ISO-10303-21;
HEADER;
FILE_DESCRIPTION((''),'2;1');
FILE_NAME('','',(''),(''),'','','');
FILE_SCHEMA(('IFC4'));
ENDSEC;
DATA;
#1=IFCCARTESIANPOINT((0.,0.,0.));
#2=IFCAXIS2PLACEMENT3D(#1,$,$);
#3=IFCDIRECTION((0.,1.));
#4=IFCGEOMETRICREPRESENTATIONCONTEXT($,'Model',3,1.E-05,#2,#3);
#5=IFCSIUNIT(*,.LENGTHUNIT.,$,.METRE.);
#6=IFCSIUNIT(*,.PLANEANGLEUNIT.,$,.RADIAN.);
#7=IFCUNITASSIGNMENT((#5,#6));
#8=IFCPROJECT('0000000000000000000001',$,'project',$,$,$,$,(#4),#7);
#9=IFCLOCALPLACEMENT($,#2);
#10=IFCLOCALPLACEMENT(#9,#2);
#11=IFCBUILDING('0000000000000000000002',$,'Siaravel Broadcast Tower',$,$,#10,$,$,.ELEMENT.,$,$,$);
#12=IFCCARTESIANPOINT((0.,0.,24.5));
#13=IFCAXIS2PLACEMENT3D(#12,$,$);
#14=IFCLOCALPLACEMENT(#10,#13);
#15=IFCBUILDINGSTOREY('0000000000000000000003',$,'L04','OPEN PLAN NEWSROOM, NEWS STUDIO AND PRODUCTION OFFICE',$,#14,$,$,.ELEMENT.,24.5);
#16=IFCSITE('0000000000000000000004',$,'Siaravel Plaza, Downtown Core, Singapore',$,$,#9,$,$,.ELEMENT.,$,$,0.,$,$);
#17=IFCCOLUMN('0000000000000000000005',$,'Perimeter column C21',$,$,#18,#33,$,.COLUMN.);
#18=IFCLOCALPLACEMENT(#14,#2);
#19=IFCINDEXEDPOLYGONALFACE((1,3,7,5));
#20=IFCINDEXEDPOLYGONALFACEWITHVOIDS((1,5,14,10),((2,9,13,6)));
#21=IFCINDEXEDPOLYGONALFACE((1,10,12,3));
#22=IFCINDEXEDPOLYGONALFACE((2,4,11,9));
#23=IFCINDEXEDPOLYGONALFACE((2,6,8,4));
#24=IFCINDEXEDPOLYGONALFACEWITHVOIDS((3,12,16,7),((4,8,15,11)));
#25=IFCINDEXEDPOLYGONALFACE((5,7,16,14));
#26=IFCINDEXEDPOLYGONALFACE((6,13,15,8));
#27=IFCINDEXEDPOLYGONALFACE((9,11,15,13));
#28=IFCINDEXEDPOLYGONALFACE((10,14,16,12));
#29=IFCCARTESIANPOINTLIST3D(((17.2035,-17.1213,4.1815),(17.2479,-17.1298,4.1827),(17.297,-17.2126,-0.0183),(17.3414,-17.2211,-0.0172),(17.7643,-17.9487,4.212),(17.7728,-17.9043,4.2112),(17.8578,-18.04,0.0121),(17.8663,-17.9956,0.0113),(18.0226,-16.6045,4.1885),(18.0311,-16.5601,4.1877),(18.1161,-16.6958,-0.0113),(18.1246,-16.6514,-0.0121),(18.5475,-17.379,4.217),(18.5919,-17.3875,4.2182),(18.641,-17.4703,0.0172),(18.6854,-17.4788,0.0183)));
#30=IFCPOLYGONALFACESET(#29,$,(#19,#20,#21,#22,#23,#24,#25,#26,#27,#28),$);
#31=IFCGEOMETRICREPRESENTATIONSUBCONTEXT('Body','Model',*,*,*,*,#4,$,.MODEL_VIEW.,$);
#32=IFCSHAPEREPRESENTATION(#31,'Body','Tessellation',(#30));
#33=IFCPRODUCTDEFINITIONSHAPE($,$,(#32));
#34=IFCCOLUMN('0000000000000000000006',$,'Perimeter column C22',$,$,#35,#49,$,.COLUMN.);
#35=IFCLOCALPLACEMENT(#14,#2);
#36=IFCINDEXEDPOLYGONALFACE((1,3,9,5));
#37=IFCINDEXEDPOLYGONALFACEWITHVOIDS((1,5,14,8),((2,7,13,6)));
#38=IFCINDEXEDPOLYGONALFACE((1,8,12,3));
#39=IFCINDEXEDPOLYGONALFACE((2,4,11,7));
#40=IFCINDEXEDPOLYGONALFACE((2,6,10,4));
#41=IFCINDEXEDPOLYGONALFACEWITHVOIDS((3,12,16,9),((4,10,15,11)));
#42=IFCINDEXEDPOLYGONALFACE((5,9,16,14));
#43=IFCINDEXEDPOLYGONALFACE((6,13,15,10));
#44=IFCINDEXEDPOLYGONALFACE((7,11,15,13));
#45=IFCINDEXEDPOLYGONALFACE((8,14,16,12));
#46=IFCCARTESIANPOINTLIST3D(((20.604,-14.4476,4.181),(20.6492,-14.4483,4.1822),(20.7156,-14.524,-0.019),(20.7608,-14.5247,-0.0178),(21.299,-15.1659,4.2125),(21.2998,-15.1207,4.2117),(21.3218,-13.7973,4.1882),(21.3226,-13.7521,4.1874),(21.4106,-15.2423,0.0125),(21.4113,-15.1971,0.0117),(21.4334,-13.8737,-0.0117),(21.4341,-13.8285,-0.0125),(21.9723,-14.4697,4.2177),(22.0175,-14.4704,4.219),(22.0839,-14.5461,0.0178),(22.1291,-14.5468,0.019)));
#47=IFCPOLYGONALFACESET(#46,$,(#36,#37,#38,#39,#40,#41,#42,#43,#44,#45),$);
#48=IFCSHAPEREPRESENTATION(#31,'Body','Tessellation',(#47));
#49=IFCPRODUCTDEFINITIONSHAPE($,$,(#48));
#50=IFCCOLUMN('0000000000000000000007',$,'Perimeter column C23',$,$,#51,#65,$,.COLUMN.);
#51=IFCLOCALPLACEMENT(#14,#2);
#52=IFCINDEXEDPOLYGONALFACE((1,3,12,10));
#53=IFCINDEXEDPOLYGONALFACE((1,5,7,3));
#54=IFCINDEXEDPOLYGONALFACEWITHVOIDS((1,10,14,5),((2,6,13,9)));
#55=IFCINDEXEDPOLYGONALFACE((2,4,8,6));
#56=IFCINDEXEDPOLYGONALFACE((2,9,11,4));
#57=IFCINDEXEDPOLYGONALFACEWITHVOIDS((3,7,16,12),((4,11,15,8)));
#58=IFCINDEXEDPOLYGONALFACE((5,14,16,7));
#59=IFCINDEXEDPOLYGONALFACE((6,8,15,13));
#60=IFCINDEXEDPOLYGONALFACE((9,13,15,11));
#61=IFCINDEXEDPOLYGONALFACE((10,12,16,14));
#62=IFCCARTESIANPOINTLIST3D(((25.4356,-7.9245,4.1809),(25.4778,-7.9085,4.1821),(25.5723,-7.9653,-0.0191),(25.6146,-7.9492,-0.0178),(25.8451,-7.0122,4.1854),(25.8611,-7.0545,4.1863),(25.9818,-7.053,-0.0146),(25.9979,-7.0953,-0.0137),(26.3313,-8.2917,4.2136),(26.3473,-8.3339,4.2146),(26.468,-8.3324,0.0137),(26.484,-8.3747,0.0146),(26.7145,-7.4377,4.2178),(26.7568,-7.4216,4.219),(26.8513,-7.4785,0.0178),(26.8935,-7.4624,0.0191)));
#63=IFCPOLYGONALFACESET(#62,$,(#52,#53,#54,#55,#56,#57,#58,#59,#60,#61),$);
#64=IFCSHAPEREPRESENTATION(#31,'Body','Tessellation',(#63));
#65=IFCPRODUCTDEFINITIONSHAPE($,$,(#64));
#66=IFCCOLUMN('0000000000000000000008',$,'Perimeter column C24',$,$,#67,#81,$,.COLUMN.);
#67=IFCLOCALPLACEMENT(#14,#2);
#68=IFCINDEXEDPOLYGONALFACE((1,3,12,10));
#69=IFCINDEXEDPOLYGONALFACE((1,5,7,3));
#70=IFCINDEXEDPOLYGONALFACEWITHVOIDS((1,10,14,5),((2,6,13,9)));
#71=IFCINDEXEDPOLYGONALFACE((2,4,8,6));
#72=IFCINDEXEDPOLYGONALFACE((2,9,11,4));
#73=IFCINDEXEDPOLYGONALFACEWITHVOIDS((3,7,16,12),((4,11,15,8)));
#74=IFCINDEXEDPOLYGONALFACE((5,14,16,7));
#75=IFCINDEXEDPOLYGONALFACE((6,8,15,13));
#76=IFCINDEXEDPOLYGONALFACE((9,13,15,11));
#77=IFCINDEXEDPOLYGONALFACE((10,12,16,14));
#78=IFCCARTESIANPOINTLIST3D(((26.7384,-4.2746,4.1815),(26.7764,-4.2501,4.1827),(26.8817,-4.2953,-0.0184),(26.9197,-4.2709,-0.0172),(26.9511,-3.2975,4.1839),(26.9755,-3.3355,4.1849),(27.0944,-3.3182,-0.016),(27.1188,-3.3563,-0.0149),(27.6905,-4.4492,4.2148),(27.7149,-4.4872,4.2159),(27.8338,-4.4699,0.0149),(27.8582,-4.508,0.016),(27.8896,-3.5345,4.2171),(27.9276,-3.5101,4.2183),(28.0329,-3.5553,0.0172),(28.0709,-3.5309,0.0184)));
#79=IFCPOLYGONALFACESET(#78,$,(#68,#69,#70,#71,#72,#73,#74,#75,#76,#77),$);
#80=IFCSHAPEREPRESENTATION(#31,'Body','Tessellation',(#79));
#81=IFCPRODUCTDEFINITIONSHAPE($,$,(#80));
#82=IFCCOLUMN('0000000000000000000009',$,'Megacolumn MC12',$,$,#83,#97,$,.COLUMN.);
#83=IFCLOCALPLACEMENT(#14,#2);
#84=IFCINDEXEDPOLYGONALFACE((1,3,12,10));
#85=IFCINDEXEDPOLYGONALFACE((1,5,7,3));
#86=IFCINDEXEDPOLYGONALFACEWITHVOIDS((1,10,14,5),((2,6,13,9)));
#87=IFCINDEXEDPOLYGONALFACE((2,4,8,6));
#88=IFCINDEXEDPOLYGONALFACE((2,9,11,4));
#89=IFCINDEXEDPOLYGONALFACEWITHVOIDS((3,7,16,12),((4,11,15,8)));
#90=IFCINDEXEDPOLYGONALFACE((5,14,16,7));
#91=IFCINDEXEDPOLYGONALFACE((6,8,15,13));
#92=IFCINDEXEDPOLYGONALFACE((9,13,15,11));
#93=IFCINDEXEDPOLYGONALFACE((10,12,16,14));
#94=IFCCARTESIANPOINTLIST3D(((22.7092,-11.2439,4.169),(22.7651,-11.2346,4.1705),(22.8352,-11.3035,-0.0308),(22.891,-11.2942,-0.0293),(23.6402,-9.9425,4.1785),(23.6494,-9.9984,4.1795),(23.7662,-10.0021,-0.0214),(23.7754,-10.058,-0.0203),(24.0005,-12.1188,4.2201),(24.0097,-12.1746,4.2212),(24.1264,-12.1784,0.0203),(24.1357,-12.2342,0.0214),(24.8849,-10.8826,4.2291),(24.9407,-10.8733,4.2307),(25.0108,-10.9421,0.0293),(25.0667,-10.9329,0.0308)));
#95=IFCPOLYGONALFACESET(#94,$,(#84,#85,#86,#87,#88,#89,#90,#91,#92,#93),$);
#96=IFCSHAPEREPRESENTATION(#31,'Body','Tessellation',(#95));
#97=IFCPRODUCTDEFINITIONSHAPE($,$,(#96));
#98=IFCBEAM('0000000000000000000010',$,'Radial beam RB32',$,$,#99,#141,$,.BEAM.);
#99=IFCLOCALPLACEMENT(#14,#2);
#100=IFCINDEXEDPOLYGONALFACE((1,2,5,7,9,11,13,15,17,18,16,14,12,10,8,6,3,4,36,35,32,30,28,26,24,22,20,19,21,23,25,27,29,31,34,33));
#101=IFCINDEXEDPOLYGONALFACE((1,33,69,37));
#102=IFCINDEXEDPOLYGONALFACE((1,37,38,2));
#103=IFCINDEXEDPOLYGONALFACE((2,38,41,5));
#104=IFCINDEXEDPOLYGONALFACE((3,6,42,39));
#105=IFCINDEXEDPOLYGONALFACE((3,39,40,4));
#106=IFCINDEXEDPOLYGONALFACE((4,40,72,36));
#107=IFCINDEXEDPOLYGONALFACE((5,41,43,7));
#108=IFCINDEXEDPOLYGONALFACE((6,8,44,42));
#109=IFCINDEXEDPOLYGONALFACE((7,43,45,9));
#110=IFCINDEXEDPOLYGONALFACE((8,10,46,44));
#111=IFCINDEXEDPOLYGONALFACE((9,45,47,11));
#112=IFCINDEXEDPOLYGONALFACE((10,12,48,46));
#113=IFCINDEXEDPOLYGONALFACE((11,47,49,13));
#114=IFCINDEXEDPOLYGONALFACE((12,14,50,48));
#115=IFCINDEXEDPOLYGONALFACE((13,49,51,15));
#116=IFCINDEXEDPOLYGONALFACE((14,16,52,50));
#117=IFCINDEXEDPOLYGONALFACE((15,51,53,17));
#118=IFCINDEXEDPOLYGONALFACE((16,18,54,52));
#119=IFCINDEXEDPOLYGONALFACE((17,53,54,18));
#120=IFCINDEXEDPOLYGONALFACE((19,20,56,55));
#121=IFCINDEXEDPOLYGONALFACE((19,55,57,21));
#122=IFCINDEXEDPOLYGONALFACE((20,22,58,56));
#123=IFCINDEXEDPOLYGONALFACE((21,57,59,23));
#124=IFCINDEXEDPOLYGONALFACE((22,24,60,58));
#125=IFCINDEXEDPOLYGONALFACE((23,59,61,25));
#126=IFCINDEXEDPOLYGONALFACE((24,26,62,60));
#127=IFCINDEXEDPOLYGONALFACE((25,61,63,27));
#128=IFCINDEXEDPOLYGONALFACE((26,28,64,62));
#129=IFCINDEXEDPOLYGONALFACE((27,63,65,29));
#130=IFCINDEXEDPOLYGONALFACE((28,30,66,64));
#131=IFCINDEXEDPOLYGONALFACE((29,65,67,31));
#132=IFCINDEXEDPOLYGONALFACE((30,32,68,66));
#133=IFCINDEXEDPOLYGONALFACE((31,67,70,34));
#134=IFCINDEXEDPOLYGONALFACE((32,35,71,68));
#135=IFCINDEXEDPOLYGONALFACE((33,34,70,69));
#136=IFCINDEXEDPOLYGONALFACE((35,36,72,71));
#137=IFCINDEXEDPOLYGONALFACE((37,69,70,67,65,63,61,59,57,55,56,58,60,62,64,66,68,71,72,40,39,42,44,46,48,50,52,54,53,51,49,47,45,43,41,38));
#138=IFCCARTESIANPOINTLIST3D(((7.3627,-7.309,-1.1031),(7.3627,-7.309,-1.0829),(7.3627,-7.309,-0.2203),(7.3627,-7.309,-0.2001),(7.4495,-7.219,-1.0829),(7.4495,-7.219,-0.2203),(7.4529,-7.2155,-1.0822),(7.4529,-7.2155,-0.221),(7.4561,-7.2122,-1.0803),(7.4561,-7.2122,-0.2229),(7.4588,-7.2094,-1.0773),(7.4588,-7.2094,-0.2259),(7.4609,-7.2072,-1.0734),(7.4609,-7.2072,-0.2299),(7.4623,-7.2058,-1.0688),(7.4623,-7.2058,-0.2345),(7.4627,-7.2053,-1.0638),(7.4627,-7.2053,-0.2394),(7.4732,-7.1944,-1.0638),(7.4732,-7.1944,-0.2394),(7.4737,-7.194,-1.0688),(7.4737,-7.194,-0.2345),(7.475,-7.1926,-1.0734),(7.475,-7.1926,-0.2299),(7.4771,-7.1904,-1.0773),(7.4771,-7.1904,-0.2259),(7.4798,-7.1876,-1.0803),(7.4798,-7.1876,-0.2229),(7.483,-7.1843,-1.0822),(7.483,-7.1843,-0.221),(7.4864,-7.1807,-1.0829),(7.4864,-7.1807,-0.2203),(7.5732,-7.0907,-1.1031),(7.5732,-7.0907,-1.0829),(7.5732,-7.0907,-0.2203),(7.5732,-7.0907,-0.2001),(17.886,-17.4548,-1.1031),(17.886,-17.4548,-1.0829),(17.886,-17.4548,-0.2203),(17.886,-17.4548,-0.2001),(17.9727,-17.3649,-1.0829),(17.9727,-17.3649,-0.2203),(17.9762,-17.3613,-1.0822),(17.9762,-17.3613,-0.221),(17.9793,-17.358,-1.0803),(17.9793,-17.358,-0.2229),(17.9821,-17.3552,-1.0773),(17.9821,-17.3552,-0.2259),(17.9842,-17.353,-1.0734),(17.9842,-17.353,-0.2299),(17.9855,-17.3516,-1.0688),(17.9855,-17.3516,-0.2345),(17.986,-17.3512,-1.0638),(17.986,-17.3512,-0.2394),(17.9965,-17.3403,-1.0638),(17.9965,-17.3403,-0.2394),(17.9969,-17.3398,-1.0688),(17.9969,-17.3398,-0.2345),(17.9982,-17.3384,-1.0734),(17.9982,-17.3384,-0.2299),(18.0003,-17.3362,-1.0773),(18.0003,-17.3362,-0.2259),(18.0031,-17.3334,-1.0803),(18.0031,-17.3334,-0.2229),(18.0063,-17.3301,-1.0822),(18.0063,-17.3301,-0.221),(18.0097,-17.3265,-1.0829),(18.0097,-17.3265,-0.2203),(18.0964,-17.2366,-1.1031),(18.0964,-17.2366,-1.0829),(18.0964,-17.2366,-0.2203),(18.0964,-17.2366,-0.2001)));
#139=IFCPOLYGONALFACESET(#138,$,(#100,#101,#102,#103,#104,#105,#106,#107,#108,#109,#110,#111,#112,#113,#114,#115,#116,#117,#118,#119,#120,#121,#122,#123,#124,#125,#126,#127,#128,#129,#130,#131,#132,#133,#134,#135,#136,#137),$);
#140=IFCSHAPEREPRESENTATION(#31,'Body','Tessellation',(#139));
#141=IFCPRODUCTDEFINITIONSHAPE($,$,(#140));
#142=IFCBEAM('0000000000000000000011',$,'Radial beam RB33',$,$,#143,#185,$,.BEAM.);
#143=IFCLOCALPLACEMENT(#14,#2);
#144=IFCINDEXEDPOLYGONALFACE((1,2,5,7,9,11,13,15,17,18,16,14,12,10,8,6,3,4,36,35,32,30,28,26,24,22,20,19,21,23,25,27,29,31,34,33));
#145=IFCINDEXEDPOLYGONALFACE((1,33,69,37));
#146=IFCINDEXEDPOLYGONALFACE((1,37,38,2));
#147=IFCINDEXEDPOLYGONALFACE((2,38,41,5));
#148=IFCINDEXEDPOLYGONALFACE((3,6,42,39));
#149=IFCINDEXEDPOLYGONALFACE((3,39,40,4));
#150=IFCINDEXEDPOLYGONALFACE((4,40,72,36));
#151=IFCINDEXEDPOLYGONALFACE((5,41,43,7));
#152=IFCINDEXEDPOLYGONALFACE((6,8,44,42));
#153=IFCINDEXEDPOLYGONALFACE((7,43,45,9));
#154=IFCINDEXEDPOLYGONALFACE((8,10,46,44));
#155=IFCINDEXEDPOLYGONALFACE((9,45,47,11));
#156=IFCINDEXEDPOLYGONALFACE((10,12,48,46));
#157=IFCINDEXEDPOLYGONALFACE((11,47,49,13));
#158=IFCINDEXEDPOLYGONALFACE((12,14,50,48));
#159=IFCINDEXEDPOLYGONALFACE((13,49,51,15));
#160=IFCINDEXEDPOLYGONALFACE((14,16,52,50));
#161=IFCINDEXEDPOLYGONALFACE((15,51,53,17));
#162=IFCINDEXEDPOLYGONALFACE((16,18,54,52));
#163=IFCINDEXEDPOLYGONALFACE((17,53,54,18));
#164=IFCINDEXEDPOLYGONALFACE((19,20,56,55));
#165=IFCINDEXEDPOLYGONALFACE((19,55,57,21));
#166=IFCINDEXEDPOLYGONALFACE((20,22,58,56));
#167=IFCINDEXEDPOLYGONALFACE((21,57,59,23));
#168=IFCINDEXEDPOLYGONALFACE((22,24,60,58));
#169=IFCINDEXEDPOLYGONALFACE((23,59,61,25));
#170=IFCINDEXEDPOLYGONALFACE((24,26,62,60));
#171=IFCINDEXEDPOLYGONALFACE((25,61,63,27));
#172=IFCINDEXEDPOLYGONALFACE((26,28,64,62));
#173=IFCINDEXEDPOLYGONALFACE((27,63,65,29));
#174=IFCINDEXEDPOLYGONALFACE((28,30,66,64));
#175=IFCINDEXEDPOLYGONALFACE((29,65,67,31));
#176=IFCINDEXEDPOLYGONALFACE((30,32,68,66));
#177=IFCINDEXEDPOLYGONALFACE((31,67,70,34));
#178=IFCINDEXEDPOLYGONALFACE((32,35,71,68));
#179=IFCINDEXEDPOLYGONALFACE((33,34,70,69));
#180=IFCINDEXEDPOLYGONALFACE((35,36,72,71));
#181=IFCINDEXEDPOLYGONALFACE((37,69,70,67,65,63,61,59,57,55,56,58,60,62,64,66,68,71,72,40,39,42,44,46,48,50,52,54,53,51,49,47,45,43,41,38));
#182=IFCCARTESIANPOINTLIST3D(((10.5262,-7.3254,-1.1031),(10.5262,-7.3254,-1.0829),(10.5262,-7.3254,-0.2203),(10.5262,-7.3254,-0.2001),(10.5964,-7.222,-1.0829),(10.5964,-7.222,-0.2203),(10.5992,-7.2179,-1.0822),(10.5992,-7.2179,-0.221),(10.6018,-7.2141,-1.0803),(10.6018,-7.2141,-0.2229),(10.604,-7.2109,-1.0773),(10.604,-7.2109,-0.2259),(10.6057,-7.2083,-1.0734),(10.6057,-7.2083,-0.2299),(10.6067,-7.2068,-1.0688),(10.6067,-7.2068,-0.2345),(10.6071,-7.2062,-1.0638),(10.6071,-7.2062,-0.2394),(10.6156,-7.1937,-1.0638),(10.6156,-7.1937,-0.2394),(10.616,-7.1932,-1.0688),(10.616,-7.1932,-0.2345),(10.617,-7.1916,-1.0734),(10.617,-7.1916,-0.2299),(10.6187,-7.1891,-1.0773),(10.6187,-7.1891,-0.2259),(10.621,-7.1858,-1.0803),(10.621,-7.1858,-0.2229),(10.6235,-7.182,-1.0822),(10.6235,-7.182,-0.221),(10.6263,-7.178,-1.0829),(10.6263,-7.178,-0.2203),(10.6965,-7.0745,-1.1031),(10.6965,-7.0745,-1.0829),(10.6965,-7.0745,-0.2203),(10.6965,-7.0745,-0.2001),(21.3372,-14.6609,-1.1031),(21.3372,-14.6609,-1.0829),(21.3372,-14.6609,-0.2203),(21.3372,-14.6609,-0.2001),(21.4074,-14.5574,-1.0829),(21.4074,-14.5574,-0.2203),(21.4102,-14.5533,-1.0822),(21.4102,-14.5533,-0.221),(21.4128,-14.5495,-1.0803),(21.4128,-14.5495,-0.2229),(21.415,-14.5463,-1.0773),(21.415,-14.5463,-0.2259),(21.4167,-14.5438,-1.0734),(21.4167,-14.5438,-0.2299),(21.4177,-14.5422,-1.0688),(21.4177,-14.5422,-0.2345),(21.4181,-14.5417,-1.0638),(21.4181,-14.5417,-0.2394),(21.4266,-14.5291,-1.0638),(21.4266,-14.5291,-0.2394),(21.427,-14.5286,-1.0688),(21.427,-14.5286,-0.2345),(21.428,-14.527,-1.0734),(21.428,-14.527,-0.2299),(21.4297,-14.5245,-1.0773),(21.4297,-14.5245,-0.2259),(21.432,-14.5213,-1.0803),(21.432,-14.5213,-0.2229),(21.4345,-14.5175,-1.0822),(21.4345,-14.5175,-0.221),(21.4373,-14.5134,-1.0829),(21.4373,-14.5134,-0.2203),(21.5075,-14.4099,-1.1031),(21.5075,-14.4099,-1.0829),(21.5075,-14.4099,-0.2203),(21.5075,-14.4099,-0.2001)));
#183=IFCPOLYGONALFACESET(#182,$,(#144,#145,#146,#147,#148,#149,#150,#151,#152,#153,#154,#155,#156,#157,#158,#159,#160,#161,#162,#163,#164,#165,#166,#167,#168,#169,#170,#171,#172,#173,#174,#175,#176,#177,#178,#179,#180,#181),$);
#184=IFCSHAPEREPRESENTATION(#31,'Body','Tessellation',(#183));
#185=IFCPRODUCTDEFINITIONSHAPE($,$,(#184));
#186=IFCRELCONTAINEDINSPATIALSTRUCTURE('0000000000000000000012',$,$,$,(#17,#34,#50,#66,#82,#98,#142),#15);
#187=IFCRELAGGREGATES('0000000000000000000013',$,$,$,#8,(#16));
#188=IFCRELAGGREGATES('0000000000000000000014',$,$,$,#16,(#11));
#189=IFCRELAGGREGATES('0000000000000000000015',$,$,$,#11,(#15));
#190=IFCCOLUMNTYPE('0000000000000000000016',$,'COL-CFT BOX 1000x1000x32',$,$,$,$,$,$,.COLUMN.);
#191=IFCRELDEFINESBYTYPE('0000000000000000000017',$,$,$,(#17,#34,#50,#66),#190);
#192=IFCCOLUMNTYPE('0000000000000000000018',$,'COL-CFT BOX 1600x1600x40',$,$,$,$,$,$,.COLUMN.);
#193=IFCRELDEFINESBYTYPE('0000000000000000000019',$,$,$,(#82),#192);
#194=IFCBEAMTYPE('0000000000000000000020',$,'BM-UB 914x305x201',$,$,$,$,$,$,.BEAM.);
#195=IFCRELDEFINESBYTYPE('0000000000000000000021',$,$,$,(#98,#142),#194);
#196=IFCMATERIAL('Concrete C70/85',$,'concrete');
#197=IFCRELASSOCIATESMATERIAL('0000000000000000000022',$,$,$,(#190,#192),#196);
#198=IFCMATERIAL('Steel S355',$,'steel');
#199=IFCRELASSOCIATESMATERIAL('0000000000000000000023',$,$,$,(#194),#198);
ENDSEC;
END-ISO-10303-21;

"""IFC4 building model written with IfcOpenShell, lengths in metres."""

from ifc_helpers import new_model, si_unit, direction, frame, origin, origin_2d, place, context, subcontext, project, spatial, hollow_rectangle, i_section, extrude, material, material_profile, profile_set, type_object, element, save


model = new_model("IFC4")

# Units and contexts
model_context = context("Model", 3, precision=1e-05, world=origin(), true_north=direction((0.0, 1.0)))
body_context = subcontext(model_context, "Body", "Model", "MODEL_VIEW")
ifc_project = project(units=[si_unit("LENGTHUNIT", "METRE"), si_unit("PLANEANGLEUNIT", "RADIAN")], contexts=[model_context])

# Site, building, storey
site_placement = place(None, origin())
site = spatial("IfcSite", under=ifc_project, at=site_placement, Name="Siaravel Plaza, Downtown Core, Singapore", CompositionType="ELEMENT", RefElevation=0.0)
building_placement = place(site_placement, origin())
building = spatial("IfcBuilding", under=site, at=building_placement, Name="Siaravel Broadcast Tower", CompositionType="ELEMENT")
storey_placement = place(building_placement, frame((0.0, 0.0, 24.5)))
storey = spatial("IfcBuildingStorey", under=building, at=storey_placement, Name="L04", Description="OPEN PLAN NEWSROOM, NEWS STUDIO AND PRODUCTION OFFICE", CompositionType="ELEMENT", Elevation=24.5)

# Columns
ifc_material_1 = material(Name="Concrete C70/85", Category="concrete")
ifc_material_profile_1 = material_profile(ifc_material_1, hollow_rectangle(XDim=1.0, YDim=1.0, WallThickness=0.032, at=origin_2d()))
ifc_profile_set_1 = profile_set([ifc_material_profile_1], Name="Concrete C70/85")
column_type_1 = type_object("IfcColumnType", Name="COL-CFT BOX 1000x1000x32", PredefinedType="COLUMN", material=ifc_profile_set_1)
column_1_placement = place(storey_placement, frame((17.9912, -17.3457, 0.0), z_axis=(-0.022253, 0.02173, 0.999516), x_axis=(-0.827637, -0.561229, -0.006225)))
element("IfcColumn", 1, at=column_1_placement, inside=storey, type_object=column_type_1, Name="Perimeter column C21", PredefinedType="COLUMN", context=body_context, shape_type="SweptSolid", body=[
    extrude(hollow_rectangle(XDim=1.0, YDim=1.0, WallThickness=0.032, at=origin_2d()), origin(), (0.0, 0.0, 1.0), 4.2019),
])
column_2_placement = place(storey_placement, frame((21.4224, -14.5354, 0.0), z_axis=(-0.026551, 0.018185, 0.999482), x_axis=(-0.71853, -0.695466, -0.006434)))
element("IfcColumn", 2, at=column_2_placement, inside=storey, type_object=column_type_1, Name="Perimeter column C22", PredefinedType="COLUMN", context=body_context, shape_type="SweptSolid", body=[
    extrude(hollow_rectangle(XDim=1.0, YDim=1.0, WallThickness=0.032, at=origin_2d()), origin(), (0.0, 0.0, 1.0), 4.2021),
])
for number, where, z_axis, x_axis, name in (
    (3, (26.2329, -7.7139, 0.0), (-0.032534, 0.009702, 0.999424), (-0.409489, -0.912304, -0.004474), "Perimeter column C23"),
    (4, (27.4763, -3.9131, 0.0), (-0.034102, 0.004938, 0.999406), (-0.212689, -0.977117, -0.002429), "Perimeter column C24"),
):
    element("IfcColumn", number, at=place(storey_placement, frame(where, z_axis=z_axis, x_axis=x_axis)), inside=storey, type_object=column_type_1, Name=name, PredefinedType="COLUMN", context=body_context, shape_type="SweptSolid", body=[
        extrude(hollow_rectangle(XDim=1.0, YDim=1.0, WallThickness=0.032, at=origin_2d()), origin(), (0.0, 0.0, 1.0), 4.2024),
    ])
ifc_material_profile_2 = material_profile(ifc_material_1, hollow_rectangle(XDim=1.6001, YDim=1.6001, WallThickness=0.04, at=origin_2d()))
ifc_profile_set_2 = profile_set([ifc_material_profile_2], Name="Concrete C70/85")
column_type_2 = type_object("IfcColumnType", Name="COL-CFT BOX 1600x1600x40", PredefinedType="COLUMN", material=ifc_profile_set_2)
column_3_placement = place(storey_placement, frame((23.9509, -11.1182, 0.0), z_axis=(-0.029978, 0.014176, 0.99945), x_axis=(-0.581821, -0.813295, -0.005916)))
element("IfcColumn", 5, at=column_3_placement, inside=storey, type_object=column_type_2, Name="Megacolumn MC12", PredefinedType="COLUMN", context=body_context, shape_type="SweptSolid", body=[
    extrude(hollow_rectangle(XDim=1.6001, YDim=1.6001, WallThickness=0.04, at=origin_2d()), origin(), (0.0, 0.0, 1.0), 4.2021),
])

# Beams
ifc_material_2 = material(Name="Steel S355", Category="steel")
ifc_material_profile_3 = material_profile(ifc_material_2, i_section(OverallWidth=0.3032, OverallDepth=0.9031, WebThickness=0.0151, FlangeThickness=0.0203, FilletRadius=0.019, at=origin_2d()))
ifc_profile_set_3 = profile_set([ifc_material_profile_3], Name="Steel S355")
beam_type = type_object("IfcBeamType", Name="BM-UB 914x305x201", PredefinedType="BEAM", material=ifc_profile_set_3)
beam_1_placement = place(storey_placement, frame((17.9912, -17.3457, -0.6516), z_axis=(-0.719899, 0.694078, 0.0), x_axis=(-0.694078, -0.719899, 0.0)))
element("IfcBeam", 6, at=beam_1_placement, inside=storey, type_object=beam_type, Name="Radial beam RB32", PredefinedType="BEAM", context=body_context, shape_type="SweptSolid", body=[
    extrude(i_section(OverallWidth=0.3032, OverallDepth=0.9031, WebThickness=0.0151, FlangeThickness=0.0203, FilletRadius=0.019, at=origin_2d()), origin(), (0.0, 0.0, 1.0), 14.6177),
])
beam_2_placement = place(storey_placement, frame((21.4224, -14.5354, -0.6516), z_axis=(-0.827497, 0.561469, 0.0), x_axis=(-0.561469, -0.827497, 0.0)))
element("IfcBeam", 7, at=beam_2_placement, inside=storey, type_object=beam_type, Name="Radial beam RB33", PredefinedType="BEAM", context=body_context, shape_type="SweptSolid", body=[
    extrude(i_section(OverallWidth=0.3032, OverallDepth=0.9031, WebThickness=0.0151, FlangeThickness=0.0203, FilletRadius=0.019, at=origin_2d()), origin(), (0.0, 0.0, 1.0), 13.0647),
])

save(model, "model.ifc")
